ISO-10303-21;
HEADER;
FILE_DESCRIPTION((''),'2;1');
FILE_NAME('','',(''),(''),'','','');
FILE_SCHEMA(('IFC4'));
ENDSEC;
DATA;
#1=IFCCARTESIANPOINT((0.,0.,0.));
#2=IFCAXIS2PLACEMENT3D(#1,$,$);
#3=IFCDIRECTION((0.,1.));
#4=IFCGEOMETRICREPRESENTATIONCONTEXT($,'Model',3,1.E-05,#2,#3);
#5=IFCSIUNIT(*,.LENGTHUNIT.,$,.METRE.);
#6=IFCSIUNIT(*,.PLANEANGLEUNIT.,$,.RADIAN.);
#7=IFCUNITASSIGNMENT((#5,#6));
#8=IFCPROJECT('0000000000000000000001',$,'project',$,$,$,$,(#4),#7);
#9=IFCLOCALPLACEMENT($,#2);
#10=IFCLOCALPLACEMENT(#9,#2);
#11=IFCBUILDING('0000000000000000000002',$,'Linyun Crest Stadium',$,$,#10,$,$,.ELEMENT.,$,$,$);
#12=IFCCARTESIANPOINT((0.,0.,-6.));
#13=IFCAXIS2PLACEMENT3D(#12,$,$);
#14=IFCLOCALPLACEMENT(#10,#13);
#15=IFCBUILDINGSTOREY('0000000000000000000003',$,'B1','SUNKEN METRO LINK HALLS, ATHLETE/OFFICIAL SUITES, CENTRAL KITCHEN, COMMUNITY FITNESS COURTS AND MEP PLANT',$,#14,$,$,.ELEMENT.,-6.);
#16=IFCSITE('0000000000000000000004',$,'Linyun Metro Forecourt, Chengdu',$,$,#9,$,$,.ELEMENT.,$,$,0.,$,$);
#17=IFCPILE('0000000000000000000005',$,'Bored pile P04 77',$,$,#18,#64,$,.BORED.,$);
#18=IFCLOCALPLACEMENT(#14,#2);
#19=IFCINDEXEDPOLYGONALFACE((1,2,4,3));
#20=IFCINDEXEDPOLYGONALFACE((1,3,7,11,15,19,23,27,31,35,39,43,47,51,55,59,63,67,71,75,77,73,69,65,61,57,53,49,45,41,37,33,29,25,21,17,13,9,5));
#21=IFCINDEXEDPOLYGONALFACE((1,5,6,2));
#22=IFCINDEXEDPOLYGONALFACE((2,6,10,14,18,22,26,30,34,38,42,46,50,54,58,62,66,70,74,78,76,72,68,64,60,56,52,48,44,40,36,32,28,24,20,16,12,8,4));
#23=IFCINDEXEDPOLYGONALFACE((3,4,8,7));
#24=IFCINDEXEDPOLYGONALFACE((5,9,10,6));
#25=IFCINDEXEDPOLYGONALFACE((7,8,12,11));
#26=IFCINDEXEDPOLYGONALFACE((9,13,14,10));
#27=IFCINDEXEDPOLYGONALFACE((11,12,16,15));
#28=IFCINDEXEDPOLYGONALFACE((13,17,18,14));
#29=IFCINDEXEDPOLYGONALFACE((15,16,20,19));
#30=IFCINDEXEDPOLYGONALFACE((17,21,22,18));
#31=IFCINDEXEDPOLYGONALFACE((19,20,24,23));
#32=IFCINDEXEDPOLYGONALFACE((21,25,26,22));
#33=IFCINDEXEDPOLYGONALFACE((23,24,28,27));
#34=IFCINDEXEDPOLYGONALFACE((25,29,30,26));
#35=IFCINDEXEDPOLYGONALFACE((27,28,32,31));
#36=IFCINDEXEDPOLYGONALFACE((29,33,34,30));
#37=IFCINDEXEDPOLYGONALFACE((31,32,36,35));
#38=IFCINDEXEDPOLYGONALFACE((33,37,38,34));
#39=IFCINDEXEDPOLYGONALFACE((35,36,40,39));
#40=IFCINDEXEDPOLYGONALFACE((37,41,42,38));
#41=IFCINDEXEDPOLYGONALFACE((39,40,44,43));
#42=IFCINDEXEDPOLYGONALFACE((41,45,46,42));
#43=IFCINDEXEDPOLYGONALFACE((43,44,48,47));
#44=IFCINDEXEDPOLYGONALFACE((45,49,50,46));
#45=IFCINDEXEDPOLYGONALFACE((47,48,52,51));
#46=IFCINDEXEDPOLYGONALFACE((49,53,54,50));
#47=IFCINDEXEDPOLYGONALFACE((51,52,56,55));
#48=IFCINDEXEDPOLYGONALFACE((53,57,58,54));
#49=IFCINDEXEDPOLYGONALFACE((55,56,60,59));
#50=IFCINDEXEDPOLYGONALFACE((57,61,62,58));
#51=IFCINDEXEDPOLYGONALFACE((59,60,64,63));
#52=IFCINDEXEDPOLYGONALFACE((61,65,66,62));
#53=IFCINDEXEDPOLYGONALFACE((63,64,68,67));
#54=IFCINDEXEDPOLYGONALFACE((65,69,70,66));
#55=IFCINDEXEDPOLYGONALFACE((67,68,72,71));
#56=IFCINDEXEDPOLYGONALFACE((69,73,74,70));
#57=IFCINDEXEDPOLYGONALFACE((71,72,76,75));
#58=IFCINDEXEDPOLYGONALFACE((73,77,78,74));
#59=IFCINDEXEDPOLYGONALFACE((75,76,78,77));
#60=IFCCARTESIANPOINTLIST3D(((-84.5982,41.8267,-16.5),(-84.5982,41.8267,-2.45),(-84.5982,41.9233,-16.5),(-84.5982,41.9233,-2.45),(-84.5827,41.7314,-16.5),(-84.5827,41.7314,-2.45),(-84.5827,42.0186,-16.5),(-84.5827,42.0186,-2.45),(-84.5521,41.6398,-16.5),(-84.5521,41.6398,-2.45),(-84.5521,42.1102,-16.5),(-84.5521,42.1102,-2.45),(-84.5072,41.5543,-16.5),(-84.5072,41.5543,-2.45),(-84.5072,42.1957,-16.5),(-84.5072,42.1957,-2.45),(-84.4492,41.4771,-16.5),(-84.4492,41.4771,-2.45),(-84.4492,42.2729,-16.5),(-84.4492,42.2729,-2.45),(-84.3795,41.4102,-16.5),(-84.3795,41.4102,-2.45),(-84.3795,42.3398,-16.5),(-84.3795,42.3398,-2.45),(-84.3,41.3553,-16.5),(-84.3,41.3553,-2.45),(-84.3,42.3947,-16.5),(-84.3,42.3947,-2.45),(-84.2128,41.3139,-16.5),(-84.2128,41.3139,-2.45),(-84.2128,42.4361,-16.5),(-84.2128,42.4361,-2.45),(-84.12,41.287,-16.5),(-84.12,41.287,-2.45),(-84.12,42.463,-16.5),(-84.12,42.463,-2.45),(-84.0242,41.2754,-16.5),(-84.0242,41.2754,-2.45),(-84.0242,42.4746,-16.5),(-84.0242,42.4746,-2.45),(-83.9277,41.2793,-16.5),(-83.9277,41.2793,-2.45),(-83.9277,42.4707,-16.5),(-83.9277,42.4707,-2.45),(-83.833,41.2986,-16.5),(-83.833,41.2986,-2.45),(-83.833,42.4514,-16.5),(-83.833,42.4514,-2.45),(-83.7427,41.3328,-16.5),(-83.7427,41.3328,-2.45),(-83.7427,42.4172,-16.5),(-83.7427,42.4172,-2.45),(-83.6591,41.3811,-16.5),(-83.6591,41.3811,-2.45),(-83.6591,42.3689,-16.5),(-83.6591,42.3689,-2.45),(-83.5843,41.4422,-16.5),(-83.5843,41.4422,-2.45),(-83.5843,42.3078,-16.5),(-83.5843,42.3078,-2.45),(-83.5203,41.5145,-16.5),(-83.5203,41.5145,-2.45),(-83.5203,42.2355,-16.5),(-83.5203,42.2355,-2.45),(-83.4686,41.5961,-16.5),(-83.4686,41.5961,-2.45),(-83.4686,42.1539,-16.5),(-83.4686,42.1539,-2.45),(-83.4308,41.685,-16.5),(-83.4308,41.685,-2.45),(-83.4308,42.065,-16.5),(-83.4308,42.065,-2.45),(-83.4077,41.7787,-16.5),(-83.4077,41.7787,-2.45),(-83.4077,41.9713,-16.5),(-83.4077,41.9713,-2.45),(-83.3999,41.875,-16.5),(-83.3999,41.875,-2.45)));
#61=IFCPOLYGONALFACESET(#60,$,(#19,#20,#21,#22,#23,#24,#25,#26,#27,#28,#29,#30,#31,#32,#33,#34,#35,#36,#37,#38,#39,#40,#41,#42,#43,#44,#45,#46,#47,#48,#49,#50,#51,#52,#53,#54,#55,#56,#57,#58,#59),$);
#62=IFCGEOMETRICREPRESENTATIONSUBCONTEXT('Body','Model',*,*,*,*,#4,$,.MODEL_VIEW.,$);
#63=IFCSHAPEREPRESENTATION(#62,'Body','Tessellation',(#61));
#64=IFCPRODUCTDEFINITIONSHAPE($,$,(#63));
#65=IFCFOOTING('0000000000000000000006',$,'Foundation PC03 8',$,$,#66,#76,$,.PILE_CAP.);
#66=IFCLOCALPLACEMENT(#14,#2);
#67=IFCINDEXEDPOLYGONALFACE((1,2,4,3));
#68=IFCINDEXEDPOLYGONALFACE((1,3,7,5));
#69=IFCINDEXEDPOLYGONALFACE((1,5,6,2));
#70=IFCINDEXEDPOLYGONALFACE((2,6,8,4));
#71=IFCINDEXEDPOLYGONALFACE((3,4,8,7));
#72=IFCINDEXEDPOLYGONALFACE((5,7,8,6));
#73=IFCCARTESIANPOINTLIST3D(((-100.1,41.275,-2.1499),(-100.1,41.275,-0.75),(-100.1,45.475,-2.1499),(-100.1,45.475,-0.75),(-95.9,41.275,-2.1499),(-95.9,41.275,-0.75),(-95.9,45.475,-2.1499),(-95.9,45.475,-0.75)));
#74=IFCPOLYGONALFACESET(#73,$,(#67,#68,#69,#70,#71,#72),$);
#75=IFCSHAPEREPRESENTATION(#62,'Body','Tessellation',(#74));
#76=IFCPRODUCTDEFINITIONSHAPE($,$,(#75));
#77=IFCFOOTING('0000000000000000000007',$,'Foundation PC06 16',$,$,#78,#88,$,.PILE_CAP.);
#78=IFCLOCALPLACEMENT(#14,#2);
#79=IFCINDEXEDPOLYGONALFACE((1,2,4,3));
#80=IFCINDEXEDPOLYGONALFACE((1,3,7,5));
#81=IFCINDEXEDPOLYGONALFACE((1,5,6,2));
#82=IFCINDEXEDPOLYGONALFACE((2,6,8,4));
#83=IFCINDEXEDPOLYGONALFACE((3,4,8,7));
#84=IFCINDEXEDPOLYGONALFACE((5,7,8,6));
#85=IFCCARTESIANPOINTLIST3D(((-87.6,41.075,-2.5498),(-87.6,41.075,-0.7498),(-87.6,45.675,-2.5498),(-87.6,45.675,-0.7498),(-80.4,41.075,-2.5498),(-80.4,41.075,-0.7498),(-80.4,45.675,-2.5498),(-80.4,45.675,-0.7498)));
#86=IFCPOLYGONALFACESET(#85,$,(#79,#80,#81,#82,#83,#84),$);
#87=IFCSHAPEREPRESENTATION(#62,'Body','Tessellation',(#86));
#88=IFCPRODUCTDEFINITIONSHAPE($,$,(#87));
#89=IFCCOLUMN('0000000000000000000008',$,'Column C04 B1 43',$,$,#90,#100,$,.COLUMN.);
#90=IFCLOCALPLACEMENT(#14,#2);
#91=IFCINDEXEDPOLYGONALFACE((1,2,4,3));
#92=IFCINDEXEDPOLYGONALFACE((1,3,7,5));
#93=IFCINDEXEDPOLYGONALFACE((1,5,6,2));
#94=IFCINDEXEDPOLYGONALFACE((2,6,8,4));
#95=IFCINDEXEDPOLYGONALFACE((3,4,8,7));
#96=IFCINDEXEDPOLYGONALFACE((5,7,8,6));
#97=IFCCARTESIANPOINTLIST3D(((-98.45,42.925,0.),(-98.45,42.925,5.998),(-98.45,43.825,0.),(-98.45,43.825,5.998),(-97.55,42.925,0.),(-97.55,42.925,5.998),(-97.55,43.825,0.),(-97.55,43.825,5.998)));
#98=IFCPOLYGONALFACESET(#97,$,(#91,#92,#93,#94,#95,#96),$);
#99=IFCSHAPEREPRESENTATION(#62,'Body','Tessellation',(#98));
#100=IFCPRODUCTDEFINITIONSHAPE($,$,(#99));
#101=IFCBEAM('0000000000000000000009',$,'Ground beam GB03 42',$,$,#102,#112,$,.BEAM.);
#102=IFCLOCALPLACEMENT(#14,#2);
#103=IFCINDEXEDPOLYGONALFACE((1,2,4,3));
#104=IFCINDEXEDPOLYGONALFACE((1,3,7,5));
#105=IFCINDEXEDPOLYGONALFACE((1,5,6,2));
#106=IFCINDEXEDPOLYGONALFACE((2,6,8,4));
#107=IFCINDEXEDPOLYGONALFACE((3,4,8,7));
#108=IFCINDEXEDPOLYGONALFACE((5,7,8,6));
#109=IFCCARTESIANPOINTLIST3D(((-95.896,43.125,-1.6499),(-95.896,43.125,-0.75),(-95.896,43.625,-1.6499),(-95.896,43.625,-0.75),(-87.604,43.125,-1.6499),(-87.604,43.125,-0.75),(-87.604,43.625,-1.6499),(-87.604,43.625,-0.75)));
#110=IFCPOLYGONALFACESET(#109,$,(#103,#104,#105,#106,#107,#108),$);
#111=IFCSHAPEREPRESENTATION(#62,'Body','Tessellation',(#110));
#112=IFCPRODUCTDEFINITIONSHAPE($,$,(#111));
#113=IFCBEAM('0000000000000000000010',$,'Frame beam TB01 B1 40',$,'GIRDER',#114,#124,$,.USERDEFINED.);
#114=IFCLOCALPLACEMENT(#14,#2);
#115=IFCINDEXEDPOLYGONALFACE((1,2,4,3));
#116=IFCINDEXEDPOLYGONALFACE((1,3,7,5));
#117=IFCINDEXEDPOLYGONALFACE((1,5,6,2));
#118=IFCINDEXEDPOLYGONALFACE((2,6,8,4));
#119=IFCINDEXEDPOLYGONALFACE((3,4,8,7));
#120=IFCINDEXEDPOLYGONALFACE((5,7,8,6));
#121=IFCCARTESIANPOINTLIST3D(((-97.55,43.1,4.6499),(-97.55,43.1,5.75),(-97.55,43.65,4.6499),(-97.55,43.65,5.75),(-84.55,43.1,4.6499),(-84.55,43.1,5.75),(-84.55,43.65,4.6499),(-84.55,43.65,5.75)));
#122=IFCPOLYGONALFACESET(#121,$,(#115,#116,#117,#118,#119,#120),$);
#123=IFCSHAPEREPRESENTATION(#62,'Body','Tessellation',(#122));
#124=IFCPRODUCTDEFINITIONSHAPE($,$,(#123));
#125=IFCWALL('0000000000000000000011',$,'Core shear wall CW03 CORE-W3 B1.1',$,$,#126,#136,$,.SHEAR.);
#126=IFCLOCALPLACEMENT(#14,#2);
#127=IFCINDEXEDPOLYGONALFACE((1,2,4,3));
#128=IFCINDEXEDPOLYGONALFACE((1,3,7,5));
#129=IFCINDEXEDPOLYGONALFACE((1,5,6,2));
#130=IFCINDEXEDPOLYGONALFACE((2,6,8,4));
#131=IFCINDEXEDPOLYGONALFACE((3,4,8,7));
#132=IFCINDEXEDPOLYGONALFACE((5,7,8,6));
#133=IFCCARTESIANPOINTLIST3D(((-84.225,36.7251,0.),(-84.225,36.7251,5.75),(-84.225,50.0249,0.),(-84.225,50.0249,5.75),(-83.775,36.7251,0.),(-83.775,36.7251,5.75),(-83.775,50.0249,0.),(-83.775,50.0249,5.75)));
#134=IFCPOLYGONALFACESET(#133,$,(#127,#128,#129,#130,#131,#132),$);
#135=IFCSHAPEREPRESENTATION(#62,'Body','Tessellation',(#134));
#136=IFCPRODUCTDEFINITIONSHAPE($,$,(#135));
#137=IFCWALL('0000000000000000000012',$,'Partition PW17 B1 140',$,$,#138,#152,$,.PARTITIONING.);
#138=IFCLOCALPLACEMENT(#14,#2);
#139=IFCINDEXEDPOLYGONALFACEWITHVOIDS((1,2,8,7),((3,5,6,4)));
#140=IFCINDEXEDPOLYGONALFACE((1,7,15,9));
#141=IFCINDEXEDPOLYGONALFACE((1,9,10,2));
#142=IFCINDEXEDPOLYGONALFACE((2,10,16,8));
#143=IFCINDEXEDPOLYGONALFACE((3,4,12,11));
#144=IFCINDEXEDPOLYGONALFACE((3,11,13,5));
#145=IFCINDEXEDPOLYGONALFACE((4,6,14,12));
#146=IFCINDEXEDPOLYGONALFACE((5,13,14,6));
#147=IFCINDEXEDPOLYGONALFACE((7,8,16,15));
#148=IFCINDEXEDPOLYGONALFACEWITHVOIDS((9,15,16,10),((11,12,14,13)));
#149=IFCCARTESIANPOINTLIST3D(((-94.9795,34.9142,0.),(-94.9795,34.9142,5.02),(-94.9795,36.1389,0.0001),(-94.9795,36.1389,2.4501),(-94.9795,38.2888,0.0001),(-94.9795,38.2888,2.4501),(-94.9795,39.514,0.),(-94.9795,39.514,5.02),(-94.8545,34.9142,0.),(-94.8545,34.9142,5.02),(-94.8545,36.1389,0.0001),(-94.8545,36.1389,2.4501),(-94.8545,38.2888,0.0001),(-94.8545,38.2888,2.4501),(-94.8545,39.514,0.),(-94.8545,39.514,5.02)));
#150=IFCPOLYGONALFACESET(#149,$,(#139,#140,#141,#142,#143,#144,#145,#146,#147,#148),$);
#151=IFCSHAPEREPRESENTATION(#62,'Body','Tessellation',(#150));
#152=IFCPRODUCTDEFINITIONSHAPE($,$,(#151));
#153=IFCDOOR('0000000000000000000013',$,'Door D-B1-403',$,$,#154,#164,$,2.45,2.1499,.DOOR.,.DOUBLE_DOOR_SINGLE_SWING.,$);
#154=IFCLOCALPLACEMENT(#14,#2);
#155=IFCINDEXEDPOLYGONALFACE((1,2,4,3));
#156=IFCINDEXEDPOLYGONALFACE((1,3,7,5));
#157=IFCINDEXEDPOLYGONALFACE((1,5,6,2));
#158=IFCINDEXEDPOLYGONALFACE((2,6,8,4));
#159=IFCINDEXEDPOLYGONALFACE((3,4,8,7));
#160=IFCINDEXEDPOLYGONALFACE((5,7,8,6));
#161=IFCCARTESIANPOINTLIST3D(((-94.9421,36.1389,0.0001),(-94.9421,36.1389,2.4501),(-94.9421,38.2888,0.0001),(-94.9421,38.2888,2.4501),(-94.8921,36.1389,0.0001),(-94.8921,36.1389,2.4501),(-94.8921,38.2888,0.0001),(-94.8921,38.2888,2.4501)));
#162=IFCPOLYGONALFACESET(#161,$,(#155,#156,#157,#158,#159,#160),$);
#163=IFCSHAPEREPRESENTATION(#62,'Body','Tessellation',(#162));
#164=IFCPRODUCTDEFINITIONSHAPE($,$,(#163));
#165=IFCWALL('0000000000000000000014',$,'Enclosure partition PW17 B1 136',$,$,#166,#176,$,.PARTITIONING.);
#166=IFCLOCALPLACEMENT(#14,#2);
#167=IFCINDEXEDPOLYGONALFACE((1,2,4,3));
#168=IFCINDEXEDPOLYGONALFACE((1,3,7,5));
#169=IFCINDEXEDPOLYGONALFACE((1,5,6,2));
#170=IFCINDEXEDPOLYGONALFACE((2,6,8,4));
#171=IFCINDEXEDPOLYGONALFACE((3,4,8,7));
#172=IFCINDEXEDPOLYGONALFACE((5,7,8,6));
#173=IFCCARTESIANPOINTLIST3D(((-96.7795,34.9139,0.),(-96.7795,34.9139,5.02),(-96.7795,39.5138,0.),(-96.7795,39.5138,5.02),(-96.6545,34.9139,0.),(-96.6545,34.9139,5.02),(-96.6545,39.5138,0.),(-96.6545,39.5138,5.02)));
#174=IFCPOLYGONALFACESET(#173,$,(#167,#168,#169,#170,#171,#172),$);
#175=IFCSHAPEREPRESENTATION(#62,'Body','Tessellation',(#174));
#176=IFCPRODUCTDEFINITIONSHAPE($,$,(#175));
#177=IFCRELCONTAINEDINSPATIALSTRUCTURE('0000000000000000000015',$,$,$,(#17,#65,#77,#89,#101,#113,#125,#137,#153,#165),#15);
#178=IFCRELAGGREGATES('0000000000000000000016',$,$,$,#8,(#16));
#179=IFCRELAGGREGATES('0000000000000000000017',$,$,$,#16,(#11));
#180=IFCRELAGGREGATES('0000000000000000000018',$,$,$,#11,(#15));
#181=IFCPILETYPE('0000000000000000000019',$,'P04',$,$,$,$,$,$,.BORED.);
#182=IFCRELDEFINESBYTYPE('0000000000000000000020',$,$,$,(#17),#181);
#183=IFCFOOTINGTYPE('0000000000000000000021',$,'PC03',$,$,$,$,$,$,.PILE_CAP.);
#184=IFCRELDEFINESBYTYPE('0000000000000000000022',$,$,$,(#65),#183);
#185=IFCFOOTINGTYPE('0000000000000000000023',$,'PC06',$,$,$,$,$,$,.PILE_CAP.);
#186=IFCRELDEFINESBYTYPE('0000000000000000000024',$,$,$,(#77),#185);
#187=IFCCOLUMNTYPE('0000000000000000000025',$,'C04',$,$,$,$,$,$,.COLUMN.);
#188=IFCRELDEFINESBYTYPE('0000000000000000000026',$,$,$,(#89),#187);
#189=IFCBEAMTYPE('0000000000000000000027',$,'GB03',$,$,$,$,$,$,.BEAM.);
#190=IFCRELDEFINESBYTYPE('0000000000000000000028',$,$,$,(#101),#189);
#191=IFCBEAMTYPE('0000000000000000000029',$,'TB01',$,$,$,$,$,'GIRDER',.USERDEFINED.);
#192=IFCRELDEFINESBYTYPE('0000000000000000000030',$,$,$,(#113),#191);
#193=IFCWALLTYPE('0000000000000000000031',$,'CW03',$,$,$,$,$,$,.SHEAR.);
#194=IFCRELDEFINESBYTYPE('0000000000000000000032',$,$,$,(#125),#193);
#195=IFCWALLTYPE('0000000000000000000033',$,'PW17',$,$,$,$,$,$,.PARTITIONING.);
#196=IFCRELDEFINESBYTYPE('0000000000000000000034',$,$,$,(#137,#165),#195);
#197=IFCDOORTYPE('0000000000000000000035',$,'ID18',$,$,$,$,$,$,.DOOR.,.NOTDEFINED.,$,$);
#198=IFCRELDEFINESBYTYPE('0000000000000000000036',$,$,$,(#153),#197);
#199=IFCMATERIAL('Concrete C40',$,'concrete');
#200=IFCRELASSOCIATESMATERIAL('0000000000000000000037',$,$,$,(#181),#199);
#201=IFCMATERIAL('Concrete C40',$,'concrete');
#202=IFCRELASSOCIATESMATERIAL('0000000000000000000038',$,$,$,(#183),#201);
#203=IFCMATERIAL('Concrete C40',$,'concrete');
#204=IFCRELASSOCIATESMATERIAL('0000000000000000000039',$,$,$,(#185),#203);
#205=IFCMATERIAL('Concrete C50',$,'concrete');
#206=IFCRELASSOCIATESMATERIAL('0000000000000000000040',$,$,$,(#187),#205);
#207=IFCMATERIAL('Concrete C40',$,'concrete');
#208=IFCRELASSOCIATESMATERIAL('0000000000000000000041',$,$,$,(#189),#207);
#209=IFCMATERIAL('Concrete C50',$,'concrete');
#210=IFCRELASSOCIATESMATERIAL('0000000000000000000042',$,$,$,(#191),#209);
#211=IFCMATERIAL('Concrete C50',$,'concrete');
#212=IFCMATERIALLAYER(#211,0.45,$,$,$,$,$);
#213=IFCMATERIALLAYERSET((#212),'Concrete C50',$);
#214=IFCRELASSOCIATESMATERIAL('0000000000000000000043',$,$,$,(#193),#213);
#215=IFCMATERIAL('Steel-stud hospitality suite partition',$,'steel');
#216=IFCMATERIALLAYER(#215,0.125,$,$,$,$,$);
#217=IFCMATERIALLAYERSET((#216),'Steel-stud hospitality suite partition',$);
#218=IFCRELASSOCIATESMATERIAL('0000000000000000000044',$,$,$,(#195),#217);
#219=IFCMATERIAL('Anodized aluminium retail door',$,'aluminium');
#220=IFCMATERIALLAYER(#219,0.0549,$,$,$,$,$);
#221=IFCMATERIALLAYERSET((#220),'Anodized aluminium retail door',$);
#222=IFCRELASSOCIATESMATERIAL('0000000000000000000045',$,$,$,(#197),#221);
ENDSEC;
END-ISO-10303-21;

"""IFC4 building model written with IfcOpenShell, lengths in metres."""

from ifc_helpers import new_model, si_unit, direction, frame, frame_2d, origin, origin_2d, place, context, subcontext, project, spatial, rectangle, circle, extrude, material, layer, layer_set, material_profile, profile_set, type_object, element, fill, save


model = new_model("IFC4")

# Units and contexts
model_context = context("Model", 3, precision=1e-05, world=origin(), true_north=direction((0.0, 1.0)))
body_context = subcontext(model_context, "Body", "Model", "MODEL_VIEW")
ifc_project = project(units=[si_unit("LENGTHUNIT", "METRE"), si_unit("PLANEANGLEUNIT", "RADIAN")], contexts=[model_context])

# Site, building, storey
site_placement = place(None, origin())
site = spatial("IfcSite", under=ifc_project, at=site_placement, Name="Linyun Metro Forecourt, Chengdu", CompositionType="ELEMENT", RefElevation=0.0)
building_placement = place(site_placement, origin())
building = spatial("IfcBuilding", under=site, at=building_placement, Name="Linyun Crest Stadium", CompositionType="ELEMENT")
storey_placement = place(building_placement, frame((0.0, 0.0, -6.0)))
storey = spatial("IfcBuildingStorey", under=building, at=storey_placement, Name="B1", Description="SUNKEN METRO LINK HALLS, ATHLETE/OFFICIAL SUITES, CENTRAL KITCHEN, COMMUNITY FITNESS COURTS AND MEP PLANT", CompositionType="ELEMENT", Elevation=-6.0)

# Pile
ifc_material_1 = material(Name="Concrete C40", Category="concrete")
ifc_material_profile_1 = material_profile(ifc_material_1, circle(Radius=0.6001, at=origin_2d()), Name="BORED PILE 1200")
ifc_profile_set_1 = profile_set([ifc_material_profile_1], Name="Concrete C40")
pile_type_1 = type_object("IfcPileType", Name="P04", PredefinedType="BORED", material=ifc_profile_set_1)
for number, where, z_axis, x_axis, name in (
    (1, (-84.0, 41.875, -2.45), (0.0, 0.0, -1.0), (1.0, 0.0, 0.0), "Bored pile P04 77"),
):
    element("IfcPile", number, at=place(storey_placement, frame(where, z_axis=z_axis, x_axis=x_axis)), inside=storey, type_object=pile_type_1, Name=name, PredefinedType="BORED", context=body_context, shape_type="SweptSolid", body=[
        extrude(circle(Radius=0.6001, at=origin_2d()), origin(), (0.0, 0.0, 1.0), 14.05),
    ])

# Footings
ifc_material_2 = material(Name="Concrete C40", Category="concrete")
footing_type_1 = type_object("IfcFootingType", Name="PC03", PredefinedType="PILE_CAP", material=ifc_material_2)
footing_1_placement = place(storey_placement, frame((-98.0, 43.375, -2.1499), z_axis=(0.0, 0.0, 1.0), x_axis=(1.0, 0.0, 0.0)))
element("IfcFooting", 2, at=footing_1_placement, inside=storey, type_object=footing_type_1, Name="Foundation PC03 8", PredefinedType="PILE_CAP", context=body_context, shape_type="SweptSolid", body=[
    extrude(rectangle(XDim=4.2, YDim=4.2, at=origin_2d()), origin(), (0.0, 0.0, 1.0), 1.3999),
])
ifc_material_3 = material(Name="Concrete C40", Category="concrete")
footing_type_2 = type_object("IfcFootingType", Name="PC06", PredefinedType="PILE_CAP", material=ifc_material_3)
footing_2_placement = place(storey_placement, frame((-84.0, 43.375, -2.5498), z_axis=(0.0, 0.0, 1.0), x_axis=(1.0, 0.0, 0.0)))
element("IfcFooting", 3, at=footing_2_placement, inside=storey, type_object=footing_type_2, Name="Foundation PC06 16", PredefinedType="PILE_CAP", context=body_context, shape_type="SweptSolid", body=[
    extrude(rectangle(XDim=7.2, YDim=4.6001, at=origin_2d()), origin(), (0.0, 0.0, 1.0), 1.8),
])

# Column
ifc_material_4 = material(Name="Concrete C50", Category="concrete")
ifc_material_profile_2 = material_profile(ifc_material_4, rectangle(XDim=0.8999, YDim=0.8999, at=origin_2d()), Name="RC 900x900")
ifc_profile_set_2 = profile_set([ifc_material_profile_2], Name="Concrete C50")
column_type = type_object("IfcColumnType", Name="C04", PredefinedType="COLUMN", material=ifc_profile_set_2)
column_placement = place(storey_placement, frame((-98.0, 43.375, 0.0), z_axis=(0.0, 0.0, 1.0), x_axis=(1.0, 0.0, 0.0)))
element("IfcColumn", 4, at=column_placement, inside=storey, type_object=column_type, Name="Column C04 B1 43", PredefinedType="COLUMN", context=body_context, shape_type="SweptSolid", body=[
    extrude(rectangle(XDim=0.8999, YDim=0.8999, at=origin_2d()), origin(), (0.0, 0.0, 1.0), 5.998),
])

# Beams
ifc_material_5 = material(Name="Concrete C40", Category="concrete")
ifc_material_profile_3 = material_profile(ifc_material_5, rectangle(XDim=0.5, YDim=0.8999, at=origin_2d()), Name="RCB 900x500")
ifc_profile_set_3 = profile_set([ifc_material_profile_3], Name="Concrete C40")
beam_type_1 = type_object("IfcBeamType", Name="GB03", PredefinedType="BEAM", material=ifc_profile_set_3)
beam_1_placement = place(storey_placement, frame((-95.896, 43.375, -1.2), z_axis=(1.0, 0.0, 0.0), x_axis=(0.0, 1.0, 0.0)))
element("IfcBeam", 5, at=beam_1_placement, inside=storey, type_object=beam_type_1, Name="Ground beam GB03 42", PredefinedType="BEAM", context=body_context, shape_type="SweptSolid", body=[
    extrude(rectangle(XDim=0.5, YDim=0.8999, at=origin_2d()), origin(), (0.0, 0.0, 1.0), 8.292),
])
ifc_material_6 = material(Name="Concrete C50", Category="concrete")
ifc_material_profile_4 = material_profile(ifc_material_6, rectangle(XDim=0.55, YDim=1.1001, at=origin_2d()), Name="RCB 1100x550")
ifc_profile_set_4 = profile_set([ifc_material_profile_4], Name="Concrete C50")
beam_type_2 = type_object("IfcBeamType", Name="TB01", ElementType="GIRDER", PredefinedType="USERDEFINED", material=ifc_profile_set_4)
beam_2_placement = place(storey_placement, frame((-97.55, 43.375, 5.2), z_axis=(1.0, 0.0, 0.0), x_axis=(0.0, 1.0, 0.0)))
element("IfcBeam", 6, at=beam_2_placement, inside=storey, type_object=beam_type_2, Name="Frame beam TB01 B1 40", ObjectType="GIRDER", PredefinedType="USERDEFINED", context=body_context, shape_type="SweptSolid", body=[
    extrude(rectangle(XDim=0.55, YDim=1.1001, at=origin_2d()), origin(), (0.0, 0.0, 1.0), 13.0),
])

# Wall
ifc_material_7 = material(Name="Concrete C50", Category="concrete")
ifc_layer_1 = layer(ifc_material_7, 0.45)
ifc_layer_set_1 = layer_set([ifc_layer_1], Name="Concrete C50")
wall_type_1 = type_object("IfcWallType", Name="CW03", PredefinedType="SHEAR", material=ifc_layer_set_1)
wall_1_placement = place(storey_placement, frame((-84.0, 36.7251, 0.0), z_axis=(0.0, 0.0, 1.0), x_axis=(0.0, 1.0, 0.0)))
element("IfcWall", 7, at=wall_1_placement, inside=storey, type_object=wall_type_1, Name="Core shear wall CW03 CORE-W3 B1.1", PredefinedType="SHEAR", context=body_context, shape_type="SweptSolid", body=[
    extrude(rectangle(XDim=13.2998, YDim=0.45, at=frame_2d((6.6499, 0.0))), origin(), (0.0, 0.0, 1.0), 5.75),
])

# Wall, opening, door
ifc_material_8 = material(Name="Steel-stud hospitality suite partition", Category="steel")
ifc_layer_2 = layer(ifc_material_8, 0.125)
ifc_layer_set_2 = layer_set([ifc_layer_2], Name="Steel-stud hospitality suite partition")
wall_type_2 = type_object("IfcWallType", Name="PW17", PredefinedType="PARTITIONING", material=ifc_layer_set_2)
wall_2_placement = place(storey_placement, frame((-94.917, 39.5139, 0.0), z_axis=(0.0, 0.0, 1.0), x_axis=(0.0, -1.0, 0.0)))
wall_2 = element("IfcWall", 8, at=wall_2_placement, inside=storey, type_object=wall_type_2, Name="Partition PW17 B1 140", PredefinedType="PARTITIONING", context=body_context, shape_type="SweptSolid", body=[
    extrude(rectangle(XDim=4.5999, YDim=0.125, at=frame_2d((2.2998, 0.0))), origin(), (0.0, 0.0, 1.0), 5.02),
])
opening_placement = place(wall_2_placement, frame((1.2251, 0.0, 0.0)))
opening = element("IfcOpeningElement", 9, at=opening_placement, cuts=wall_2, PredefinedType="OPENING", context=body_context, shape_type="SweptSolid", body=[
    extrude(rectangle(XDim=2.1499, YDim=2.45, at=frame_2d((1.075, 1.2251))), frame((0.0, 0.0725, 0.0), z_axis=(0.0, -1.0, 0.0), x_axis=(1.0, 0.0, 0.0)), (0.0, 0.0, 1.0), 0.145),
])
ifc_material_9 = material(Name="Anodized aluminium retail door", Category="aluminium")
ifc_layer_3 = layer(ifc_material_9, 0.0549)
ifc_layer_set_3 = layer_set([ifc_layer_3], Name="Anodized aluminium retail door")
door_type = type_object("IfcDoorType", Name="ID18", OperationType="NOTDEFINED", PredefinedType="DOOR", material=ifc_layer_set_3)
door_placement = place(opening_placement, origin())
door = element("IfcDoor", 10, at=door_placement, inside=storey, type_object=door_type, Name="Door D-B1-403", OperationType="DOUBLE_DOOR_SINGLE_SWING", OverallHeight=2.45, OverallWidth=2.1499, PredefinedType="DOOR", context=body_context, shape_type="SweptSolid", body=[
    extrude(rectangle(XDim=2.1499, YDim=2.45, at=frame_2d((1.075, 1.2251))), frame((0.0, 0.0249, 0.0), z_axis=(0.0, -1.0, 0.0), x_axis=(1.0, 0.0, 0.0)), (0.0, 0.0, 1.0), 0.05),
])
fill(opening, door)

# Wall
wall_3_placement = place(storey_placement, frame((-96.717, 34.9141, 0.0), z_axis=(0.0, 0.0, 1.0), x_axis=(0.0, 1.0, 0.0)))
element("IfcWall", 11, at=wall_3_placement, inside=storey, type_object=wall_type_2, Name="Enclosure partition PW17 B1 136", PredefinedType="PARTITIONING", context=body_context, shape_type="SweptSolid", body=[
    extrude(rectangle(XDim=4.5999, YDim=0.125, at=frame_2d((2.2998, 0.0))), origin(), (0.0, 0.0, 1.0), 5.02),
])

save(model, "model.ifc")
